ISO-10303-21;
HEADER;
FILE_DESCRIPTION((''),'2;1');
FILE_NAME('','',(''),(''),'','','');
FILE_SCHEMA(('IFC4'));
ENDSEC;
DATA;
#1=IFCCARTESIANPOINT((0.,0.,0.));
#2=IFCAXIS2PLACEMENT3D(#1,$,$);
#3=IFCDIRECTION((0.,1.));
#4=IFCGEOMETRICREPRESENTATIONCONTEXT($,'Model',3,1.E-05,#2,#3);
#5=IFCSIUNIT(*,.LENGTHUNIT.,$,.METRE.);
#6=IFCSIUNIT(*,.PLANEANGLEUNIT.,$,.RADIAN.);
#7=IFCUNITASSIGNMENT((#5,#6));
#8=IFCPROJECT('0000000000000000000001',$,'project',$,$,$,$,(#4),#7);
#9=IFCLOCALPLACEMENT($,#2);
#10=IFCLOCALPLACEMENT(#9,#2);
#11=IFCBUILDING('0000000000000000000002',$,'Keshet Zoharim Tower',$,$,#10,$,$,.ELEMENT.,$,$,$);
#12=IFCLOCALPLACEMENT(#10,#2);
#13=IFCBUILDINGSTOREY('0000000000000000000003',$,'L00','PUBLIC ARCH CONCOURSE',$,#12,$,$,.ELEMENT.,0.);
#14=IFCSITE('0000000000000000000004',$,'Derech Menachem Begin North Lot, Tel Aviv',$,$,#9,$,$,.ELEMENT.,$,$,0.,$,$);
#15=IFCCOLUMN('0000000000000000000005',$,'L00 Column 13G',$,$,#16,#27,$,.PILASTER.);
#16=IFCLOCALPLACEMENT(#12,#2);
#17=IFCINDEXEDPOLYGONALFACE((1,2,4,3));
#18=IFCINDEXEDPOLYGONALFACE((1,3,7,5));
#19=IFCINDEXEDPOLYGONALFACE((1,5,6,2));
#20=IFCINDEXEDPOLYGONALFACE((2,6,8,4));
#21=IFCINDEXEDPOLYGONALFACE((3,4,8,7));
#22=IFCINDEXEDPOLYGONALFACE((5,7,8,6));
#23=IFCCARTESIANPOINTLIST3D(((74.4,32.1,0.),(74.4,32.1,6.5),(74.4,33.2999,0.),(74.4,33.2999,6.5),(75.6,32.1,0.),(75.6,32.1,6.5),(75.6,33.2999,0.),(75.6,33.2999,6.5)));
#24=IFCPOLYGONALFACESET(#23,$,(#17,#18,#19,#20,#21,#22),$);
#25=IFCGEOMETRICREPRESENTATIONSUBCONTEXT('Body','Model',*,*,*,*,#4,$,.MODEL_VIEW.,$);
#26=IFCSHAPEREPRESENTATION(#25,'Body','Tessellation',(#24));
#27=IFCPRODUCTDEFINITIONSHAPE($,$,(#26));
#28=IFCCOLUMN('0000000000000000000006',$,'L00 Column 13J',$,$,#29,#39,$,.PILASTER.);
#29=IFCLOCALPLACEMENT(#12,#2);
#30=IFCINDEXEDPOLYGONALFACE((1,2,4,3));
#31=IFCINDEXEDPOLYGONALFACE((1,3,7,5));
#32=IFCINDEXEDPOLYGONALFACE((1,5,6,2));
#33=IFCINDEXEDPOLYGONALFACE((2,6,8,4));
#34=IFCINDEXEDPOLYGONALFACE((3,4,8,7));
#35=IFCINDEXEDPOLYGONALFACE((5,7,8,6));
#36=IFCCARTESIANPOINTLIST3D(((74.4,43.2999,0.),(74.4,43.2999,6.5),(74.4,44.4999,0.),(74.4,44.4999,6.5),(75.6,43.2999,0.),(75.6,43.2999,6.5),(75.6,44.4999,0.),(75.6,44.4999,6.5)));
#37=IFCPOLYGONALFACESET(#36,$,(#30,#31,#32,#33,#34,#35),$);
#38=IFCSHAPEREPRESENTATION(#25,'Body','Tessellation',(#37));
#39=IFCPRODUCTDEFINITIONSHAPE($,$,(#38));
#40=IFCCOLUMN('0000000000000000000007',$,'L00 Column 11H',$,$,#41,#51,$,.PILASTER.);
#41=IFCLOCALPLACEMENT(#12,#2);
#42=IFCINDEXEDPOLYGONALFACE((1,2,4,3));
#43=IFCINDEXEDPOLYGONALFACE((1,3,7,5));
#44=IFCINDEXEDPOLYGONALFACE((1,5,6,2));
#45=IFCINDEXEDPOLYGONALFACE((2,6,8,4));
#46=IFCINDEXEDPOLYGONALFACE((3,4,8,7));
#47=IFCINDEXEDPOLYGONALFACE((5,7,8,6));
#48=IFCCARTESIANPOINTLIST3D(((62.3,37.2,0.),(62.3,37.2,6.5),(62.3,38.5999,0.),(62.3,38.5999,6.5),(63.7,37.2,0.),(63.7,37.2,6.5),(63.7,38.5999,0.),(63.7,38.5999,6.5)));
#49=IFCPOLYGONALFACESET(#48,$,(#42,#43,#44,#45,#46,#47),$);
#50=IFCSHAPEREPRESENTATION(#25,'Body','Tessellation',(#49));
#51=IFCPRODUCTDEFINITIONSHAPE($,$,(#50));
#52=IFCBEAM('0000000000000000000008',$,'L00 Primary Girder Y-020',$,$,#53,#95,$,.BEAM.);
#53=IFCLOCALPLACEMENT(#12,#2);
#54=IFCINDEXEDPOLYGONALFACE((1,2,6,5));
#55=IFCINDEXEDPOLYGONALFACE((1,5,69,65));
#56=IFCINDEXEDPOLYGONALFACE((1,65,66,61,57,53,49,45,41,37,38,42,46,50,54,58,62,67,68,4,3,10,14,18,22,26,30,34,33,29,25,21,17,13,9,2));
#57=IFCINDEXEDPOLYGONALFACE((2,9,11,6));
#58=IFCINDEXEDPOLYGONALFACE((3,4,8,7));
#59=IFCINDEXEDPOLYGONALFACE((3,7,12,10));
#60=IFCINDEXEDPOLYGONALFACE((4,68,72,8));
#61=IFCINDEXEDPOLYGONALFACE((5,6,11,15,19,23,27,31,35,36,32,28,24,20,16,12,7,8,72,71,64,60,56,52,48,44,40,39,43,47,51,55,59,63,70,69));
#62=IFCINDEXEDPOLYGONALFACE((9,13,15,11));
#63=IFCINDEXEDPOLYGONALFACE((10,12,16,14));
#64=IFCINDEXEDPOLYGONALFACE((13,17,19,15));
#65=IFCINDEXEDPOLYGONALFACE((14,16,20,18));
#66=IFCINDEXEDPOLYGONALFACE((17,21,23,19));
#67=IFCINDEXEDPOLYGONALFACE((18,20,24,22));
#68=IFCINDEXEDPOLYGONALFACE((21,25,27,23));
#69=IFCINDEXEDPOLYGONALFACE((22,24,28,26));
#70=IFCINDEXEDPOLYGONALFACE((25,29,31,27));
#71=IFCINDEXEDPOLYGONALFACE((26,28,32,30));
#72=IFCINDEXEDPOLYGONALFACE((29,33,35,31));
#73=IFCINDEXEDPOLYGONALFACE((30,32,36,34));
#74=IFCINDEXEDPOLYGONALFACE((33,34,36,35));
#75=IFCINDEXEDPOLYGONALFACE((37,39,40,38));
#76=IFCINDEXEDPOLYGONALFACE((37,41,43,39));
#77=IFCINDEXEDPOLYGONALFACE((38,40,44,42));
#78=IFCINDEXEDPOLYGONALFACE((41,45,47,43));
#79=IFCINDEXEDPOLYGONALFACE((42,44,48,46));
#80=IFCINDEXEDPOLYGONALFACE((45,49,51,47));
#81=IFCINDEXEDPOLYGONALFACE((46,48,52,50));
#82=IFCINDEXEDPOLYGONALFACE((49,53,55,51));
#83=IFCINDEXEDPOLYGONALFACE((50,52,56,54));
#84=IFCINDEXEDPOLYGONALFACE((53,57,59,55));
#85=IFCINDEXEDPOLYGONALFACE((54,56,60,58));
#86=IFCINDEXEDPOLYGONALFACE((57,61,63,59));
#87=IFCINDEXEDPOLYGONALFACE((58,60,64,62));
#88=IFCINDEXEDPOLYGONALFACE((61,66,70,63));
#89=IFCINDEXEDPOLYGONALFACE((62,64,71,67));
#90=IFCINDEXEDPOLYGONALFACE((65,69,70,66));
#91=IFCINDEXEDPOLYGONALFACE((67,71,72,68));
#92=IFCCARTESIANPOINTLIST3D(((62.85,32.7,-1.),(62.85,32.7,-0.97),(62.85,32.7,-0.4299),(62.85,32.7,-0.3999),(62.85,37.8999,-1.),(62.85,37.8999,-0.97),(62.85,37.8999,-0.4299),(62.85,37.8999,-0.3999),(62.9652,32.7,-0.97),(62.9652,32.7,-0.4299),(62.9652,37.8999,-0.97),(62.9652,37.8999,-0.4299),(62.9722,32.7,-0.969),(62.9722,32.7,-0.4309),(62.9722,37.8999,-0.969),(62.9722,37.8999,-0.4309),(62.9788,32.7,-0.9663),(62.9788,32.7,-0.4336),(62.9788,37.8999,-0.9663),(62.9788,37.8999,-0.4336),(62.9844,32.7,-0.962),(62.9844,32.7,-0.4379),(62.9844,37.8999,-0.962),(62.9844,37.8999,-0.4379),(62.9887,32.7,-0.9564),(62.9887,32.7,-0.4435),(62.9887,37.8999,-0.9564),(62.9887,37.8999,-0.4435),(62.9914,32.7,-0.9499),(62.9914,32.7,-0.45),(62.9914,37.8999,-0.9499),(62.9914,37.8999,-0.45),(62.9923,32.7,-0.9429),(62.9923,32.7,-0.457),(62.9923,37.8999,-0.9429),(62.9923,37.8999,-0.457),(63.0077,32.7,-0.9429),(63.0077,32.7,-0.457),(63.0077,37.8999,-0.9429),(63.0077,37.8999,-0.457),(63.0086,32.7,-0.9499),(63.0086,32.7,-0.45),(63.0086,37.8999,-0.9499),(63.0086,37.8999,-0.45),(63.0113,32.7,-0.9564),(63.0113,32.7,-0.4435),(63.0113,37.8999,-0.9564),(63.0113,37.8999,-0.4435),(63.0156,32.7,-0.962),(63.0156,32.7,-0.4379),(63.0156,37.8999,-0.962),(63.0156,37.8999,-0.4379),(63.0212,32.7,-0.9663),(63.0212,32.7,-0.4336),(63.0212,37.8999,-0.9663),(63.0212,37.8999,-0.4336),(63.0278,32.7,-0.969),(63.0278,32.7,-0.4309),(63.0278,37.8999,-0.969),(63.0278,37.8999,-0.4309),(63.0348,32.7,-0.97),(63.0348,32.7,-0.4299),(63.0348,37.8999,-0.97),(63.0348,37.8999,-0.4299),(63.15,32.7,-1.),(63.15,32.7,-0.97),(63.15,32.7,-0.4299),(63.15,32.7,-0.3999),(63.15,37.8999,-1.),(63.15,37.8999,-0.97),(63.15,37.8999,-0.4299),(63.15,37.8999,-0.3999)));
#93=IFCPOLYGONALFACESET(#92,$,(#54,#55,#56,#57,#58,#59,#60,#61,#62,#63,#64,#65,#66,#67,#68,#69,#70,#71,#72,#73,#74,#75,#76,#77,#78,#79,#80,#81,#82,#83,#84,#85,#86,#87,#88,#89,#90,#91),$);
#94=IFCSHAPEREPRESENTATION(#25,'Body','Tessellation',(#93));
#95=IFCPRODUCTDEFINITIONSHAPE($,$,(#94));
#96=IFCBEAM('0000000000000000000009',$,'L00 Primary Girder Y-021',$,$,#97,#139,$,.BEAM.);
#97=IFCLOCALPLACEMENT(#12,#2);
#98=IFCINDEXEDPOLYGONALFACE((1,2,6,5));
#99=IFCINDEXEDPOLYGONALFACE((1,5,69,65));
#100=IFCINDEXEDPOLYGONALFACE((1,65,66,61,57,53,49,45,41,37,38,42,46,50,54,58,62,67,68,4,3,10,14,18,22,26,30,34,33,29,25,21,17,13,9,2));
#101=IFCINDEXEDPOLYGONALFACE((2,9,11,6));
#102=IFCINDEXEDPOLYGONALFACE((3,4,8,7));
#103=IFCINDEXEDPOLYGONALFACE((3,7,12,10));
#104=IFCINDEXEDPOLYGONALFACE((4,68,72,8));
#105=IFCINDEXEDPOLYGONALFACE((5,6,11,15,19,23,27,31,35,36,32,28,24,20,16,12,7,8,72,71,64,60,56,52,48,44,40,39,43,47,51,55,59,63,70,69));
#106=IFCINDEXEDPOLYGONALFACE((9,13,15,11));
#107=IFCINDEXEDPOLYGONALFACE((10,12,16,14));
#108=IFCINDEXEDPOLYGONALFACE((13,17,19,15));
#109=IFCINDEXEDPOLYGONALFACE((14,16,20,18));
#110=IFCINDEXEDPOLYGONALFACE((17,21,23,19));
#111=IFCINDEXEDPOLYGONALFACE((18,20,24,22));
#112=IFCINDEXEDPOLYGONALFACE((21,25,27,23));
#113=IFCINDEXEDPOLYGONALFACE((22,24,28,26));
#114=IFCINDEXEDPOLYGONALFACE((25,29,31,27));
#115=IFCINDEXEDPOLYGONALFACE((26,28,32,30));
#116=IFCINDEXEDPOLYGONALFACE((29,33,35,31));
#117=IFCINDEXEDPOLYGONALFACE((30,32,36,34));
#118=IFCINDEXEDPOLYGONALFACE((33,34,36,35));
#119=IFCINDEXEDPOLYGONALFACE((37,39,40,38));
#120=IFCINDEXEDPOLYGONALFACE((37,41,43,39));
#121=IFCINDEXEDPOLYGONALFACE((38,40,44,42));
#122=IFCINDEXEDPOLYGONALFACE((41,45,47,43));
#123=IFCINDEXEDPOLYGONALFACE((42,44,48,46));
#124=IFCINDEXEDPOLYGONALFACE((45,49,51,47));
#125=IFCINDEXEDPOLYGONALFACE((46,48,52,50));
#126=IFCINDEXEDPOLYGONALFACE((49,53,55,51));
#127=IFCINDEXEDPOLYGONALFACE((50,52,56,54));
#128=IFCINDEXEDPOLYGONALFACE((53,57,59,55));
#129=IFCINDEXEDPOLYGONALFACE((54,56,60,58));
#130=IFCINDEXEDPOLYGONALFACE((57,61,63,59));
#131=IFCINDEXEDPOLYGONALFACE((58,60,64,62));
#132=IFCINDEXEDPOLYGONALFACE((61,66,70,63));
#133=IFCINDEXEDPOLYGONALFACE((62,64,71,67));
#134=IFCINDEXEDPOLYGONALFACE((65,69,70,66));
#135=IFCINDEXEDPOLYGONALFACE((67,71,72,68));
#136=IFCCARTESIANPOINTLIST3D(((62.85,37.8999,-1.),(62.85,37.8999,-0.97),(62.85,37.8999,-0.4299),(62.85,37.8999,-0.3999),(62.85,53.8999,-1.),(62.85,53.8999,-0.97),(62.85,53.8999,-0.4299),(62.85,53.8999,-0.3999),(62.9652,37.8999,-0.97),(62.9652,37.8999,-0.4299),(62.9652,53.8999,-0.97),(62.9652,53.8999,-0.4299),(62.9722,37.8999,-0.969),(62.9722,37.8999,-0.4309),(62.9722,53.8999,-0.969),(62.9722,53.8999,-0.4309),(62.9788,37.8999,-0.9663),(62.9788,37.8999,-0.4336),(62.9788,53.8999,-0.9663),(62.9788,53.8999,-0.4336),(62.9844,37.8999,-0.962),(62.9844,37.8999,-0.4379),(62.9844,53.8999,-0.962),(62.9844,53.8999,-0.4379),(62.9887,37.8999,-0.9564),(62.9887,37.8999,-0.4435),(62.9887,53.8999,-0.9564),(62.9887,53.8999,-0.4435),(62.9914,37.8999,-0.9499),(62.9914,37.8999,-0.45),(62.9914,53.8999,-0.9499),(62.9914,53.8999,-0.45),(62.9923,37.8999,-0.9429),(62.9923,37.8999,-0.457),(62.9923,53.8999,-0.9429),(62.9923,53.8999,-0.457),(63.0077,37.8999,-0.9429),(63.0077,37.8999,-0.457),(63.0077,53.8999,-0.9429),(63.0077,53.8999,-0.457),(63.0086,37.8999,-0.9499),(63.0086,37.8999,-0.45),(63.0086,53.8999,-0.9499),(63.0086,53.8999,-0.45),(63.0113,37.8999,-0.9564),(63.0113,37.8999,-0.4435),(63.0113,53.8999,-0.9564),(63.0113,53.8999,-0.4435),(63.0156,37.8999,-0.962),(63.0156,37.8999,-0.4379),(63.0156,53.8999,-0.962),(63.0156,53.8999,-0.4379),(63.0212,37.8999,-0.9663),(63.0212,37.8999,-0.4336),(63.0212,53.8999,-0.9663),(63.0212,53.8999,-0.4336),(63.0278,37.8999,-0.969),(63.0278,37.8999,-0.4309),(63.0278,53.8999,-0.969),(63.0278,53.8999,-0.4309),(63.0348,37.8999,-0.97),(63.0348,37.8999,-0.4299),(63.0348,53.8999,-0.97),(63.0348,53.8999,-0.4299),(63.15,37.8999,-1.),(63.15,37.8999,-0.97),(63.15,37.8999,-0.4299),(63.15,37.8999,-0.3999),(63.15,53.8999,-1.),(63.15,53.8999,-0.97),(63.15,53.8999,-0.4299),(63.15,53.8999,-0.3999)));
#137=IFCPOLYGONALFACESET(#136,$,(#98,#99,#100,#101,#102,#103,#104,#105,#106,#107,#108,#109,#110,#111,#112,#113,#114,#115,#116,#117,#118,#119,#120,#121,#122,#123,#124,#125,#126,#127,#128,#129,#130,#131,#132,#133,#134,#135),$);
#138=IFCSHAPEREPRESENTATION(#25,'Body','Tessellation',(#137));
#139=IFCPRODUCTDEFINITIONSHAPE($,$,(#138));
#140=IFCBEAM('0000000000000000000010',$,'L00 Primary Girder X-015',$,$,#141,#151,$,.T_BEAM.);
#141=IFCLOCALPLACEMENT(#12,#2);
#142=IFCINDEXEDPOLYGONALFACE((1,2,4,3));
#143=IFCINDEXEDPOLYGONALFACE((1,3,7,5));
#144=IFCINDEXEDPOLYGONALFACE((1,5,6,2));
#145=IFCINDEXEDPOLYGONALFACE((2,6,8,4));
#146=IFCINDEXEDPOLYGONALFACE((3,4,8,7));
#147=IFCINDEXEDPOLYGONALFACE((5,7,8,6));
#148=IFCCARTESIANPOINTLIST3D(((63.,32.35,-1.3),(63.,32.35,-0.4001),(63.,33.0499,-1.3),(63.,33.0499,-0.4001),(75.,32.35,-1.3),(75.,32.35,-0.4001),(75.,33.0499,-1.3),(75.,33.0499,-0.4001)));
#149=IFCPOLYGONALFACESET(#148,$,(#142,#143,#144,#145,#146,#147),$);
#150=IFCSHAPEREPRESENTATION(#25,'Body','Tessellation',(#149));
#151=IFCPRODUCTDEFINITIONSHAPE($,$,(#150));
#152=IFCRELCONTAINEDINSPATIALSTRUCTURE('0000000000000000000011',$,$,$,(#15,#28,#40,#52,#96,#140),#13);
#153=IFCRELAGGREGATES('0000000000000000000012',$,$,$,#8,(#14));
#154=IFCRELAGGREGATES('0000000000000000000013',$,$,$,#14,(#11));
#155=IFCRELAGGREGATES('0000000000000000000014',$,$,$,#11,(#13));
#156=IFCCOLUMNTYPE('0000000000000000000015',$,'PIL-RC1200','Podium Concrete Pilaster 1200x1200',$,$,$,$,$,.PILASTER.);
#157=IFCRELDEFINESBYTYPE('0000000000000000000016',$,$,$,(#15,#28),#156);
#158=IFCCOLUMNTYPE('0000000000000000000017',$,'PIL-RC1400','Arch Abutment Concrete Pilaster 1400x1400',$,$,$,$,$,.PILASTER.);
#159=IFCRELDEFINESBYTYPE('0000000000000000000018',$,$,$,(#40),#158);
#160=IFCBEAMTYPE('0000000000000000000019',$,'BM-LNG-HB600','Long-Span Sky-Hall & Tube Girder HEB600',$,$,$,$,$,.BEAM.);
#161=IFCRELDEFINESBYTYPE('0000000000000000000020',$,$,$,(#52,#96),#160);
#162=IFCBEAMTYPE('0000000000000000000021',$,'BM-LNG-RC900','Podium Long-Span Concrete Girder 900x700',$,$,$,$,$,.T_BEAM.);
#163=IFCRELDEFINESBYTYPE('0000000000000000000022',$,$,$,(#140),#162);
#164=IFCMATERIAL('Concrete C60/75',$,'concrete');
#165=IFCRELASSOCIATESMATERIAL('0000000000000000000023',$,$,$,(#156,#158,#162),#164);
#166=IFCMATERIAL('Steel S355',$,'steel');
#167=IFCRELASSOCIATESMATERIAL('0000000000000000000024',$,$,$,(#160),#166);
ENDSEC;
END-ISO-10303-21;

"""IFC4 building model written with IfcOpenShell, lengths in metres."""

from ifc_helpers import new_model, si_unit, direction, frame, origin, origin_2d, place, context, subcontext, project, spatial, rectangle, i_section, extrude, material, material_profile, profile_set, type_object, element, save


model = new_model("IFC4")

# Units and contexts
model_context = context("Model", 3, precision=1e-05, world=origin(), true_north=direction((0.0, 1.0)))
body_context = subcontext(model_context, "Body", "Model", "MODEL_VIEW")
ifc_project = project(units=[si_unit("LENGTHUNIT", "METRE"), si_unit("PLANEANGLEUNIT", "RADIAN")], contexts=[model_context])

# Site, building, storey
site_placement = place(None, origin())
site = spatial("IfcSite", under=ifc_project, at=site_placement, Name="Derech Menachem Begin North Lot, Tel Aviv", CompositionType="ELEMENT", RefElevation=0.0)
building_placement = place(site_placement, origin())
building = spatial("IfcBuilding", under=site, at=building_placement, Name="Keshet Zoharim Tower", CompositionType="ELEMENT")
storey_placement = place(building_placement, origin())
storey = spatial("IfcBuildingStorey", under=building, at=storey_placement, Name="L00", Description="PUBLIC ARCH CONCOURSE", CompositionType="ELEMENT", Elevation=0.0)

# Columns
ifc_material_1 = material(Name="Concrete C60/75", Category="concrete")
ifc_material_profile_1 = material_profile(ifc_material_1, rectangle(XDim=1.2, YDim=1.2, at=origin_2d()), Name="RC1200x1200")
ifc_profile_set_1 = profile_set([ifc_material_profile_1], Name="Concrete C60/75")
column_type_1 = type_object("IfcColumnType", Name="PIL-RC1200", Description="Podium Concrete Pilaster 1200x1200", PredefinedType="PILASTER", material=ifc_profile_set_1)
for number, where, z_axis, x_axis, name in (
    (1, (75.0, 32.7, 0.0), (0.0, 0.0, 1.0), (1.0, 0.0, 0.0), "L00 Column 13G"),
    (2, (75.0, 43.8999, 0.0), (0.0, 0.0, 1.0), (1.0, 0.0, 0.0), "L00 Column 13J"),
):
    element("IfcColumn", number, at=place(storey_placement, frame(where, z_axis=z_axis, x_axis=x_axis)), inside=storey, type_object=column_type_1, Name=name, PredefinedType="PILASTER", context=body_context, shape_type="SweptSolid", body=[
        extrude(rectangle(XDim=1.2, YDim=1.2, at=origin_2d()), origin(), (0.0, 0.0, 1.0), 6.5),
    ])
ifc_material_profile_2 = material_profile(ifc_material_1, rectangle(XDim=1.3999, YDim=1.3999, at=origin_2d()), Name="RC1400x1400")
ifc_profile_set_2 = profile_set([ifc_material_profile_2], Name="Concrete C60/75")
column_type_2 = type_object("IfcColumnType", Name="PIL-RC1400", Description="Arch Abutment Concrete Pilaster 1400x1400", PredefinedType="PILASTER", material=ifc_profile_set_2)
column_placement = place(storey_placement, frame((63.0, 37.8999, 0.0), z_axis=(0.0, 0.0, 1.0), x_axis=(1.0, 0.0, 0.0)))
element("IfcColumn", 3, at=column_placement, inside=storey, type_object=column_type_2, Name="L00 Column 11H", PredefinedType="PILASTER", context=body_context, shape_type="SweptSolid", body=[
    extrude(rectangle(XDim=1.3999, YDim=1.3999, at=origin_2d()), origin(), (0.0, 0.0, 1.0), 6.5),
])

# Beams
ifc_material_2 = material(Name="Steel S355", Category="steel")
ifc_material_profile_3 = material_profile(ifc_material_2, i_section(OverallWidth=0.3, OverallDepth=0.6001, WebThickness=0.0154, FlangeThickness=0.03, FilletRadius=0.0271, at=origin_2d()), Name="HEB600")
ifc_profile_set_3 = profile_set([ifc_material_profile_3], Name="Steel S355")
beam_type_1 = type_object("IfcBeamType", Name="BM-LNG-HB600", Description="Long-Span Sky-Hall & Tube Girder HEB600", PredefinedType="BEAM", material=ifc_profile_set_3)
beam_1_placement = place(storey_placement, frame((63.0, 32.7, -0.7), z_axis=(0.0, 1.0, 0.0), x_axis=(-1.0, 0.0, 0.0)))
element("IfcBeam", 4, at=beam_1_placement, inside=storey, type_object=beam_type_1, Name="L00 Primary Girder Y-020", PredefinedType="BEAM", context=body_context, shape_type="SweptSolid", body=[
    extrude(i_section(OverallWidth=0.3, OverallDepth=0.6001, WebThickness=0.0154, FlangeThickness=0.03, FilletRadius=0.0271, at=origin_2d()), origin(), (0.0, 0.0, 1.0), 5.2),
])
beam_2_placement = place(storey_placement, frame((63.0, 37.8999, -0.7), z_axis=(0.0, 1.0, 0.0), x_axis=(-1.0, 0.0, 0.0)))
element("IfcBeam", 5, at=beam_2_placement, inside=storey, type_object=beam_type_1, Name="L00 Primary Girder Y-021", PredefinedType="BEAM", context=body_context, shape_type="SweptSolid", body=[
    extrude(i_section(OverallWidth=0.3, OverallDepth=0.6001, WebThickness=0.0154, FlangeThickness=0.03, FilletRadius=0.0271, at=origin_2d()), origin(), (0.0, 0.0, 1.0), 16.0),
])
ifc_material_profile_4 = material_profile(ifc_material_1, rectangle(XDim=0.7, YDim=0.8999, at=origin_2d()), Name="RC900x700")
ifc_profile_set_4 = profile_set([ifc_material_profile_4], Name="Concrete C60/75")
beam_type_2 = type_object("IfcBeamType", Name="BM-LNG-RC900", Description="Podium Long-Span Concrete Girder 900x700", PredefinedType="T_BEAM", material=ifc_profile_set_4)
beam_3_placement = place(storey_placement, frame((63.0, 32.7, -0.8501), z_axis=(1.0, 0.0, 0.0), x_axis=(0.0, 1.0, 0.0)))
element("IfcBeam", 6, at=beam_3_placement, inside=storey, type_object=beam_type_2, Name="L00 Primary Girder X-015", PredefinedType="T_BEAM", context=body_context, shape_type="SweptSolid", body=[
    extrude(rectangle(XDim=0.7, YDim=0.8999, at=origin_2d()), origin(), (0.0, 0.0, 1.0), 12.0),
])

save(model, "model.ifc")
